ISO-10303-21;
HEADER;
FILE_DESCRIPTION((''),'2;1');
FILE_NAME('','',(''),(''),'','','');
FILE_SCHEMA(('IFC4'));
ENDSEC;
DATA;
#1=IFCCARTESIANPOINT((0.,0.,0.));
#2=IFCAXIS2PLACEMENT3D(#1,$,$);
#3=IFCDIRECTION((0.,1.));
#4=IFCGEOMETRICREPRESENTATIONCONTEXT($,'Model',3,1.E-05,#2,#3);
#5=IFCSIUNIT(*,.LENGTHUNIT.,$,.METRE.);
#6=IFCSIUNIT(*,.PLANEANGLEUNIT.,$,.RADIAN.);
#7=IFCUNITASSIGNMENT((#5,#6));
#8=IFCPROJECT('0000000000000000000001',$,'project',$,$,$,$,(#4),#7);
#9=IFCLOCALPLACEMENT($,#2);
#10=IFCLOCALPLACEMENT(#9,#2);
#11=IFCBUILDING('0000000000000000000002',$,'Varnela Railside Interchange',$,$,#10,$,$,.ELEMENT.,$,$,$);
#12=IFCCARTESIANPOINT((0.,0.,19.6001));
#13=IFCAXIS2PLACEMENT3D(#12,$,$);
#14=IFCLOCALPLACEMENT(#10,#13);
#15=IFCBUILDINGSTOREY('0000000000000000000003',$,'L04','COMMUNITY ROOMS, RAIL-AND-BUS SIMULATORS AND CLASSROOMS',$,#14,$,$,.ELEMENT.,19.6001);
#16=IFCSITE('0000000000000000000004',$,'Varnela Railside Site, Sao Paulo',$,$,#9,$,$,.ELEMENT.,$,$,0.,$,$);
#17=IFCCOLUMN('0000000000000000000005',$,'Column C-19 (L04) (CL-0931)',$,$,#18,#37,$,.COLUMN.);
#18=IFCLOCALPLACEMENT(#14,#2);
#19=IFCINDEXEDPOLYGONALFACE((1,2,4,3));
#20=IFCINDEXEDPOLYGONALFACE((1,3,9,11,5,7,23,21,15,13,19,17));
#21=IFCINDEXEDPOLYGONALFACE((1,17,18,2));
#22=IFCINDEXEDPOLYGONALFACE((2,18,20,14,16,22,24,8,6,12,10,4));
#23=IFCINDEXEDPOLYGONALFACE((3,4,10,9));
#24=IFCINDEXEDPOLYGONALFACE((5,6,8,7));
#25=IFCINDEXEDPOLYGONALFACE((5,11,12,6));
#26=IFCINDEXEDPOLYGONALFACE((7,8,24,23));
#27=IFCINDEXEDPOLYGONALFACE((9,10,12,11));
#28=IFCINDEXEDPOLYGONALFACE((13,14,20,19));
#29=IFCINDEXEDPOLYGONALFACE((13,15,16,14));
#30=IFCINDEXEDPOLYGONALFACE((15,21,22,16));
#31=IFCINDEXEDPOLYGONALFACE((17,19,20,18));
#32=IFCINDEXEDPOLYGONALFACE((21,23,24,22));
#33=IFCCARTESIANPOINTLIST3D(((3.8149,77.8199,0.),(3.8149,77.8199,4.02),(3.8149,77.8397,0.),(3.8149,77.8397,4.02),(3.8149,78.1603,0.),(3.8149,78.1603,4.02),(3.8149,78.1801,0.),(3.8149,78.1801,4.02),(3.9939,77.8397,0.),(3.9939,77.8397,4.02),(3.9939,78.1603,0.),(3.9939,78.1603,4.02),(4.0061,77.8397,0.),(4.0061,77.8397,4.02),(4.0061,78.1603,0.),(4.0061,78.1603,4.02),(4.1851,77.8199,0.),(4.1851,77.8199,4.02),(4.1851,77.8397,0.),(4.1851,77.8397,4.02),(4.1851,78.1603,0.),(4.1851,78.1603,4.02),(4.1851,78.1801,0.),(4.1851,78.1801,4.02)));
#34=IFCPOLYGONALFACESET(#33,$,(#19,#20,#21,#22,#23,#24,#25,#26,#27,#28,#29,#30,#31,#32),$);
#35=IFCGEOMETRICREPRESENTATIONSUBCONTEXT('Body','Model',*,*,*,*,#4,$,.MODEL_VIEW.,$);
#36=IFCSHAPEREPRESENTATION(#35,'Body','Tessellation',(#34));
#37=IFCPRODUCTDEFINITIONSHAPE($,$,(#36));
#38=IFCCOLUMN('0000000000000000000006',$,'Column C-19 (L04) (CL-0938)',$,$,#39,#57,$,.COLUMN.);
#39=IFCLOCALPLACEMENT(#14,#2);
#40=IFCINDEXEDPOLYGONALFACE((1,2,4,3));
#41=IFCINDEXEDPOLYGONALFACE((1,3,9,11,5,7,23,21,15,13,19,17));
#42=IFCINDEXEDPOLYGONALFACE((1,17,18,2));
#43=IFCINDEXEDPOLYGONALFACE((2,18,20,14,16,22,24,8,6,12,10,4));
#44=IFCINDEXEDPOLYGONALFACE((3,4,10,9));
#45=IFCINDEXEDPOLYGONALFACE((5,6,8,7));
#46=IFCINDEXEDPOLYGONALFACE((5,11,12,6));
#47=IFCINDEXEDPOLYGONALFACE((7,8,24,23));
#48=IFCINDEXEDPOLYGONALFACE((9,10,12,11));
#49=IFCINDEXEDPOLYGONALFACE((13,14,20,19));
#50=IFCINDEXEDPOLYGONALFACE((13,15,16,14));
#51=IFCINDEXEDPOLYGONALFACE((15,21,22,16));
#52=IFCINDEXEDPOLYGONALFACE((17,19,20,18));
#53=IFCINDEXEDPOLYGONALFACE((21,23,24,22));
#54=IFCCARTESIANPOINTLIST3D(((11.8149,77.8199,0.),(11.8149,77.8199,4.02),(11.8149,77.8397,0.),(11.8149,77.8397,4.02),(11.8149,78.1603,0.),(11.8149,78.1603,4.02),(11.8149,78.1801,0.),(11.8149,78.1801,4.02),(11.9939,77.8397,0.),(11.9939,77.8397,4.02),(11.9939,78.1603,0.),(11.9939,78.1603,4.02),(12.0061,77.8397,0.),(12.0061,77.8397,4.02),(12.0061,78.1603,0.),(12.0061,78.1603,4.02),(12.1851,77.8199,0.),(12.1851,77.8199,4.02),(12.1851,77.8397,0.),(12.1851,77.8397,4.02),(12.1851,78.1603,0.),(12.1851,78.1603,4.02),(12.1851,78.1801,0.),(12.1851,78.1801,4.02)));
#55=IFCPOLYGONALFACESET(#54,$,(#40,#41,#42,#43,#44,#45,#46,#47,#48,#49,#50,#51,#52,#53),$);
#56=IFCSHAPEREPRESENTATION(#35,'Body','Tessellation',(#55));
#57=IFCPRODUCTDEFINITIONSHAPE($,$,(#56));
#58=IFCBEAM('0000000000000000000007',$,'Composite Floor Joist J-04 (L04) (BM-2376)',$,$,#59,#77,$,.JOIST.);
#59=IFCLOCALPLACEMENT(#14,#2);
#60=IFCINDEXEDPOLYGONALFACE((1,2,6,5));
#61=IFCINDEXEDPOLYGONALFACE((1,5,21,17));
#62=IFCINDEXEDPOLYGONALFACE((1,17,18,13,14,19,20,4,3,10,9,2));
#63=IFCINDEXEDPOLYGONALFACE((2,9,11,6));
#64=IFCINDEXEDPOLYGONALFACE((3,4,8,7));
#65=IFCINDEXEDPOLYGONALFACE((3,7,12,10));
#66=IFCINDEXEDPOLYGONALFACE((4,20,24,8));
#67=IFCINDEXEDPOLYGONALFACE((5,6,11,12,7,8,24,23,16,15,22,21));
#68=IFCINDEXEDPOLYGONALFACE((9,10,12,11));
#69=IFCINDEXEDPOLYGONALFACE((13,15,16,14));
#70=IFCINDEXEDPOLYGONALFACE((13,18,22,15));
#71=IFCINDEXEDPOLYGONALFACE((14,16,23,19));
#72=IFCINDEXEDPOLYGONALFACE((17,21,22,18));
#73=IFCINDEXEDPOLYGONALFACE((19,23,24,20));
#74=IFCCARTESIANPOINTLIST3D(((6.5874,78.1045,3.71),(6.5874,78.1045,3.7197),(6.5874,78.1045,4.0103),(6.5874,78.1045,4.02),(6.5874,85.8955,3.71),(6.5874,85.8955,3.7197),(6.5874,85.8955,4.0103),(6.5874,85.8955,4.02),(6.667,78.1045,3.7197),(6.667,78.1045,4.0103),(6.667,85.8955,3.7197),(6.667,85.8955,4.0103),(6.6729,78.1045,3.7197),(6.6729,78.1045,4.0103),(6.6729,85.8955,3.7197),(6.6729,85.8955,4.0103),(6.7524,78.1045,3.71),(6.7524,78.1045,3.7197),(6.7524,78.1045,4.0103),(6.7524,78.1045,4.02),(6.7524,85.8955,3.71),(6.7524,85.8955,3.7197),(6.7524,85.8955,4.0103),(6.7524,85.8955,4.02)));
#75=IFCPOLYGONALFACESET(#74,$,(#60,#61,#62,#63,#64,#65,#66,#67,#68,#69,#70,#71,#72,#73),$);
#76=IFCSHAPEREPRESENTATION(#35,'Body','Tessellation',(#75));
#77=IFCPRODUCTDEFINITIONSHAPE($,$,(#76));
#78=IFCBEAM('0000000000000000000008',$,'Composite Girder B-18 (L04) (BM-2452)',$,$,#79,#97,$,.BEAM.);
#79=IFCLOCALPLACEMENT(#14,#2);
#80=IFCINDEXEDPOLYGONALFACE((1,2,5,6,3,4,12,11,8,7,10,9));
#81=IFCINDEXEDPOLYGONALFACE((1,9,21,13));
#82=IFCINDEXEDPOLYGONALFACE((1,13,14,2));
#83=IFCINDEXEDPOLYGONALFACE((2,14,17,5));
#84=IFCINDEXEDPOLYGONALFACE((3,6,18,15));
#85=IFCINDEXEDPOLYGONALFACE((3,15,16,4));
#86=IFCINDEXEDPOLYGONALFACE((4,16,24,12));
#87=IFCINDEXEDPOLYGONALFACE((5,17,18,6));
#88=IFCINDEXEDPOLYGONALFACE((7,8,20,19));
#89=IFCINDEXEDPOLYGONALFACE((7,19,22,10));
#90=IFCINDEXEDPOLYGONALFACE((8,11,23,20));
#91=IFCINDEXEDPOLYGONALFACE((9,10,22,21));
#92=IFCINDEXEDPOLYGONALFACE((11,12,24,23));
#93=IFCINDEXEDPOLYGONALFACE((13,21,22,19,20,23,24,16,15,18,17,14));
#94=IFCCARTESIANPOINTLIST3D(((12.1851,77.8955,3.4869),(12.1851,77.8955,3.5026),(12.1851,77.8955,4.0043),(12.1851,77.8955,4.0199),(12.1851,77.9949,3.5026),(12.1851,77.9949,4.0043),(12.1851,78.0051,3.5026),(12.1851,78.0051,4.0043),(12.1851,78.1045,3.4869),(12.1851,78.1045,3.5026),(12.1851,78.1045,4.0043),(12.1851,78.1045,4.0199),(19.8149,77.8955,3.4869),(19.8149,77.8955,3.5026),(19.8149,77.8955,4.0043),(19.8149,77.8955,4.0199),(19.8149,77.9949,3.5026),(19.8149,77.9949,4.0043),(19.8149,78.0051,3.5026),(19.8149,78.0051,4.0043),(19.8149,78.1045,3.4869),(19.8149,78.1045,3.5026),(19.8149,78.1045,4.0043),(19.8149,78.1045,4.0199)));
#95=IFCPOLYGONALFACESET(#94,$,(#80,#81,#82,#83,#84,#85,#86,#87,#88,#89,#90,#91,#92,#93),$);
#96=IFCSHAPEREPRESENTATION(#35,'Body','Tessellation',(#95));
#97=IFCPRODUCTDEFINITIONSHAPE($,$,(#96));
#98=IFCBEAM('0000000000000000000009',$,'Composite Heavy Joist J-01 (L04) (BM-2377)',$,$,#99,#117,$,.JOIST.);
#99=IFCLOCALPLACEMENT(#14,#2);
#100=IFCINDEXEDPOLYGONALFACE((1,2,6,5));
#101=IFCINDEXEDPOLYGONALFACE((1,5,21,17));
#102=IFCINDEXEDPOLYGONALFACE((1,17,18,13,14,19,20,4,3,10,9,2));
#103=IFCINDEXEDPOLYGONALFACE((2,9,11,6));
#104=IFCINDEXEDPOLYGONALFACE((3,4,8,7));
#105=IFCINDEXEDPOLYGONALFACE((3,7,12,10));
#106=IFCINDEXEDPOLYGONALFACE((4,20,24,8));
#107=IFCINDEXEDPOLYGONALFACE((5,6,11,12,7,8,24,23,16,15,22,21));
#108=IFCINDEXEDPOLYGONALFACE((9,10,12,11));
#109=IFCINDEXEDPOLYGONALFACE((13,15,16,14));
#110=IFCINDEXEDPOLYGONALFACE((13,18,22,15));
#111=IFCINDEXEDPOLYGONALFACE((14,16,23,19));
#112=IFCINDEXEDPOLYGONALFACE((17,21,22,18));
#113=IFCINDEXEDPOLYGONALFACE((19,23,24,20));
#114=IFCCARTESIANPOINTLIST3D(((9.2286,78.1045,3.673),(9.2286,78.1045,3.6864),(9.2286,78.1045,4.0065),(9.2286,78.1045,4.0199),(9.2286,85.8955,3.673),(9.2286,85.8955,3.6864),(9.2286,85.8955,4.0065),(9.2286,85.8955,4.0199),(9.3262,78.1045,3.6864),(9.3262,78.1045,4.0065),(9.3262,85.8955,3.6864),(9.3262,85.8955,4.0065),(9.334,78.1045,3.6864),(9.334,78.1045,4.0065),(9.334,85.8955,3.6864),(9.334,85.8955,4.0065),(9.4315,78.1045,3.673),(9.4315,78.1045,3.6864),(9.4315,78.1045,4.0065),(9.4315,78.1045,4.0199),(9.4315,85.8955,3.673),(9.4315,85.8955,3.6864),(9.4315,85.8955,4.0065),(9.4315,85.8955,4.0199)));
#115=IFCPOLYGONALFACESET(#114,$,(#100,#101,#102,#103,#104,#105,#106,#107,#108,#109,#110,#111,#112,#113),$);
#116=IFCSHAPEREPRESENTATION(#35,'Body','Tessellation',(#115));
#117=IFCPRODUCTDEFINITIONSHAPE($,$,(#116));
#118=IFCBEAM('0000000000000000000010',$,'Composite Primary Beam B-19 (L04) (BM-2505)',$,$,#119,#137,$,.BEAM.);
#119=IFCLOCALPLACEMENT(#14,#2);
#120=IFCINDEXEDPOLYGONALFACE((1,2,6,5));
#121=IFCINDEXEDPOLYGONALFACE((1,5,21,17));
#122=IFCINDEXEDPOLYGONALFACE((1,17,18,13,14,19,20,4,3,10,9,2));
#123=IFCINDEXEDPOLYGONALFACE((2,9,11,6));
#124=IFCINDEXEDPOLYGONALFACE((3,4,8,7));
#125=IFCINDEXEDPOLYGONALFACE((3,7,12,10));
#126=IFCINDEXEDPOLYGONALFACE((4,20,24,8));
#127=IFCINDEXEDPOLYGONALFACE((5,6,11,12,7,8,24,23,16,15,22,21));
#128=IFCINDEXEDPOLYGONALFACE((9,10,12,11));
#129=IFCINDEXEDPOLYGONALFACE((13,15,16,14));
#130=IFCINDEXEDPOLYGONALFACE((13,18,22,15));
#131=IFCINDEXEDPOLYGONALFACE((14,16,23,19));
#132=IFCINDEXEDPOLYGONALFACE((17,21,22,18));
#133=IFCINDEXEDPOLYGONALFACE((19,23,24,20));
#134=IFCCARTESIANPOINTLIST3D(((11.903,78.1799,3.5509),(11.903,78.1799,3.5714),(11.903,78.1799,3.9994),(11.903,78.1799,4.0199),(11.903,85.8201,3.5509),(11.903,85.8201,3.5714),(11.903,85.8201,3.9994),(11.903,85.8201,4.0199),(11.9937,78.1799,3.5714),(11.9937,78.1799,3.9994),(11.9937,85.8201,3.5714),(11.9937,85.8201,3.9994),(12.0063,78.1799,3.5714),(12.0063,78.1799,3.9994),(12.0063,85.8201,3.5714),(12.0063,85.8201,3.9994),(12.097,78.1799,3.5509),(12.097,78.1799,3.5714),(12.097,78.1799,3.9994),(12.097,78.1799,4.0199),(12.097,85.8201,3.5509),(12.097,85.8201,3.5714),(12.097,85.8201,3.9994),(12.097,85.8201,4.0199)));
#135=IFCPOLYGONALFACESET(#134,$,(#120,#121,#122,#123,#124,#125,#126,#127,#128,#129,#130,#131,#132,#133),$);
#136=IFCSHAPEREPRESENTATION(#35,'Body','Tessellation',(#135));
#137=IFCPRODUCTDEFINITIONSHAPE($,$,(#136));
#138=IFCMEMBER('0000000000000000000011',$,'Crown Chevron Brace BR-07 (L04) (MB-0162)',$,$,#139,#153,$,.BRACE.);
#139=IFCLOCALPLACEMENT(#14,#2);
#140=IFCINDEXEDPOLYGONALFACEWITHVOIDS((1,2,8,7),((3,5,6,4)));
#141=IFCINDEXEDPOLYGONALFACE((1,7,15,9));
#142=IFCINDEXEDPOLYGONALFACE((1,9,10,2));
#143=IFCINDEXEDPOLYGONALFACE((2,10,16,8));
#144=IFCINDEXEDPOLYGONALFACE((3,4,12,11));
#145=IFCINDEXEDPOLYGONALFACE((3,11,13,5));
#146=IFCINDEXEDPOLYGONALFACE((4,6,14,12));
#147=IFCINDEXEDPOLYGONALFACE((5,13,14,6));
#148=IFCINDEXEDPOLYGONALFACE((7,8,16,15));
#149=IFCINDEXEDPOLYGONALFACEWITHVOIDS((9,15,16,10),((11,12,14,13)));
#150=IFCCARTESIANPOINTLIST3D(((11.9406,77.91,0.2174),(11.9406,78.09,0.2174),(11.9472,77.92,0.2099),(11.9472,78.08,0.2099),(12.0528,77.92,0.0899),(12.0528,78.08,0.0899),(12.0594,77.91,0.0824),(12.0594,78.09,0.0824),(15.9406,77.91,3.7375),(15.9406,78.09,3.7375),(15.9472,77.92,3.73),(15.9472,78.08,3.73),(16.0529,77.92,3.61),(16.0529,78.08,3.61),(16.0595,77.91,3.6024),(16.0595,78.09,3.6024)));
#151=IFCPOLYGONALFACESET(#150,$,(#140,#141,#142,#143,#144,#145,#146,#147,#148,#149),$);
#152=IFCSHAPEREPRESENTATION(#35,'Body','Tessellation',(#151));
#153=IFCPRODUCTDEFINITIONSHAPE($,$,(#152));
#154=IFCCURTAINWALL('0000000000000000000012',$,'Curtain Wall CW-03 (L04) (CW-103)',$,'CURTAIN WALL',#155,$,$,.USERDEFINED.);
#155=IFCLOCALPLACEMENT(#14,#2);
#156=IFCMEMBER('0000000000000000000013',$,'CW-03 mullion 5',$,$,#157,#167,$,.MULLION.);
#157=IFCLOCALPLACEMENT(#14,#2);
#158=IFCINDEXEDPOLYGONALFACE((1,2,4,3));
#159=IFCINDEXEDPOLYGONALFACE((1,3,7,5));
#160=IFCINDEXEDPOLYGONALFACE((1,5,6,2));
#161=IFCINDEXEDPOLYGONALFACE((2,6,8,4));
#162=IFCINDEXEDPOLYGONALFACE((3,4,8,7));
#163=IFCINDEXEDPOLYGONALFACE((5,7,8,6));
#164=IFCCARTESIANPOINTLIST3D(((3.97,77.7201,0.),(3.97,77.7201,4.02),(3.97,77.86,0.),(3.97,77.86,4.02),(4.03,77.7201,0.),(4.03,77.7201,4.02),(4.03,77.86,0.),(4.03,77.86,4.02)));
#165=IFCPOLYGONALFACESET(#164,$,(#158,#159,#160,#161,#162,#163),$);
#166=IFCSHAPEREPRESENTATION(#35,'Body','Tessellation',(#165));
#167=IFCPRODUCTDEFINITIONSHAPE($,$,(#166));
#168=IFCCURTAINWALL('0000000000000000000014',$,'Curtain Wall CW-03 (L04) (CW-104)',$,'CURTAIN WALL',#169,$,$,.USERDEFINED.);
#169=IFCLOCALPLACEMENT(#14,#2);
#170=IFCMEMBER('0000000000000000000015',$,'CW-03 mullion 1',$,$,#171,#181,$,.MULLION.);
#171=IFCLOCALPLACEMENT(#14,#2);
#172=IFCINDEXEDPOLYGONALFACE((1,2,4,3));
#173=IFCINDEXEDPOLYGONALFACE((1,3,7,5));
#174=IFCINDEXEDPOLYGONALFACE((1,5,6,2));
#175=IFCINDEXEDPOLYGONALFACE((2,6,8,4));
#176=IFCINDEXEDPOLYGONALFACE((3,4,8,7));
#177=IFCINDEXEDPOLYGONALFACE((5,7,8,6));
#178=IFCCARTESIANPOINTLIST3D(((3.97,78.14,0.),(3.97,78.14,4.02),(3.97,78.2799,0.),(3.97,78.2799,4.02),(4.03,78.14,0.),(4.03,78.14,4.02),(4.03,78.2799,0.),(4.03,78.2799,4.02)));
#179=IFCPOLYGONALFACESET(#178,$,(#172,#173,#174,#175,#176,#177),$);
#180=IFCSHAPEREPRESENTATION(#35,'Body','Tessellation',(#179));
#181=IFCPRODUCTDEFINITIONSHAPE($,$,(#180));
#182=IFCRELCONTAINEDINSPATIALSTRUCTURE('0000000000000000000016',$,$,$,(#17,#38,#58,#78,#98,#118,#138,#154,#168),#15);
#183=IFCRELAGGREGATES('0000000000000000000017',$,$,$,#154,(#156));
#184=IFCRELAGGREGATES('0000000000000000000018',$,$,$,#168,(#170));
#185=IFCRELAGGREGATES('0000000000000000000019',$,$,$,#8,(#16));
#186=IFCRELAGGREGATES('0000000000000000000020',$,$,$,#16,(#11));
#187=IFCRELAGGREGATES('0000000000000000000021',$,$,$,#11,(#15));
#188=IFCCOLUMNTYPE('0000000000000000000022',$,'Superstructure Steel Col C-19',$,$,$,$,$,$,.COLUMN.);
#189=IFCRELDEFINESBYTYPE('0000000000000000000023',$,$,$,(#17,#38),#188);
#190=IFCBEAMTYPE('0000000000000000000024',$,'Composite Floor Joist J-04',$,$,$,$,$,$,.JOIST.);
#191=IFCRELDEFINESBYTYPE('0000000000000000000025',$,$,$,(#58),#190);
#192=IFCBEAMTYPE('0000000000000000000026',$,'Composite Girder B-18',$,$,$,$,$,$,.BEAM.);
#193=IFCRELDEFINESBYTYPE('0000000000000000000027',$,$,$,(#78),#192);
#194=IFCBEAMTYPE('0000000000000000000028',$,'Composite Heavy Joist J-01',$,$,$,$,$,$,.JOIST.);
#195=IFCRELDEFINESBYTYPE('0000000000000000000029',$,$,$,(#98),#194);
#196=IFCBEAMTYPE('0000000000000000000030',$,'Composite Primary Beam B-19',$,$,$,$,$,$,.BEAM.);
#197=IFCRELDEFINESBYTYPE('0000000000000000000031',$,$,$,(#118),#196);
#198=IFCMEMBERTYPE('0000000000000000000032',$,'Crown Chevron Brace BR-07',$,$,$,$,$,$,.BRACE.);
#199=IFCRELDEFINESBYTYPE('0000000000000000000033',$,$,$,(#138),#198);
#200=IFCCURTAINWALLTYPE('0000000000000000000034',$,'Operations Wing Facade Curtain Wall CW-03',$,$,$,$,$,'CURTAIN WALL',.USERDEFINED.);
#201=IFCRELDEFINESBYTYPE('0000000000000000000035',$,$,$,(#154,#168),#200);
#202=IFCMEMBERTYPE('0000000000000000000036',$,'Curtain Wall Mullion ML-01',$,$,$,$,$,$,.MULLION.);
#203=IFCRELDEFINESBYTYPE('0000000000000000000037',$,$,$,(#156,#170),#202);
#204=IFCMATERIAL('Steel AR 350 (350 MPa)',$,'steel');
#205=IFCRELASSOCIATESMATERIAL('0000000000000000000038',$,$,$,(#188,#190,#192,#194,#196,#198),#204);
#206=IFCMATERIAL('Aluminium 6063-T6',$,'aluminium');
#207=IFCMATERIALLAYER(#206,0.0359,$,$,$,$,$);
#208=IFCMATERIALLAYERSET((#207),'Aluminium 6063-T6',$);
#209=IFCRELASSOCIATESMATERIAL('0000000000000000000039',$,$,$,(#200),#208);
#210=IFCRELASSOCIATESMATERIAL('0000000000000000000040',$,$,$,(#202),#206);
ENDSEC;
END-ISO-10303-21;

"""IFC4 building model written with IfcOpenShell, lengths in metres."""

from ifc_helpers import new_model, si_unit, direction, frame, origin, origin_2d, place, context, subcontext, project, spatial, rectangle, hollow_rectangle, i_section, extrude, material, layer, layer_set, material_profile, profile_set, type_object, element, aggregate, save


model = new_model("IFC4")

# Units and contexts
model_context = context("Model", 3, precision=1e-05, world=origin(), true_north=direction((0.0, 1.0)))
body_context = subcontext(model_context, "Body", "Model", "MODEL_VIEW")
ifc_project = project(units=[si_unit("LENGTHUNIT", "METRE"), si_unit("PLANEANGLEUNIT", "RADIAN")], contexts=[model_context])

# Site, building, storey
site_placement = place(None, origin())
site = spatial("IfcSite", under=ifc_project, at=site_placement, Name="Varnela Railside Site, Sao Paulo", CompositionType="ELEMENT", RefElevation=0.0)
building_placement = place(site_placement, origin())
building = spatial("IfcBuilding", under=site, at=building_placement, Name="Varnela Railside Interchange", CompositionType="ELEMENT")
storey_placement = place(building_placement, frame((0.0, 0.0, 19.6001)))
storey = spatial("IfcBuildingStorey", under=building, at=storey_placement, Name="L04", Description="COMMUNITY ROOMS, RAIL-AND-BUS SIMULATORS AND CLASSROOMS", CompositionType="ELEMENT", Elevation=19.6001)

# Columns
ifc_material_1 = material(Name="Steel AR 350 (350 MPa)", Category="steel")
ifc_material_profile_1 = material_profile(ifc_material_1, i_section(OverallWidth=0.3701, OverallDepth=0.3601, WebThickness=0.0122, FlangeThickness=0.0198, at=origin_2d()), Name="W360x147")
ifc_profile_set_1 = profile_set([ifc_material_profile_1], Name="Steel AR 350 (350 MPa)")
column_type = type_object("IfcColumnType", Name="Superstructure Steel Col C-19", PredefinedType="COLUMN", material=ifc_profile_set_1)
for number, where, z_axis, x_axis, name in (
    (1, (4.0, 78.0, 0.0), (0.0, 0.0, 1.0), (1.0, 0.0, 0.0), "Column C-19 (L04) (CL-0931)"),
    (2, (12.0, 78.0, 0.0), (0.0, 0.0, 1.0), (1.0, 0.0, 0.0), "Column C-19 (L04) (CL-0938)"),
):
    element("IfcColumn", number, at=place(storey_placement, frame(where, z_axis=z_axis, x_axis=x_axis)), inside=storey, type_object=column_type, Name=name, PredefinedType="COLUMN", context=body_context, shape_type="SweptSolid", body=[
        extrude(i_section(OverallWidth=0.3701, OverallDepth=0.3601, WebThickness=0.0122, FlangeThickness=0.0198, at=origin_2d()), origin(), (0.0, 0.0, 1.0), 4.02),
    ])

# Beams
ifc_material_profile_2 = material_profile(ifc_material_1, i_section(OverallWidth=0.165, OverallDepth=0.3101, WebThickness=0.0059, FlangeThickness=0.0098, at=origin_2d()), Name="W310x38.7")
ifc_profile_set_2 = profile_set([ifc_material_profile_2], Name="Steel AR 350 (350 MPa)")
beam_type_1 = type_object("IfcBeamType", Name="Composite Floor Joist J-04", PredefinedType="JOIST", material=ifc_profile_set_2)
beam_1_placement = place(storey_placement, frame((6.6699, 78.1045, 3.865), z_axis=(0.0, 1.0, 0.0), x_axis=(-1.0, 0.0, 0.0)))
element("IfcBeam", 3, at=beam_1_placement, inside=storey, type_object=beam_type_1, Name="Composite Floor Joist J-04 (L04) (BM-2376)", PredefinedType="JOIST", context=body_context, shape_type="SweptSolid", body=[
    extrude(i_section(OverallWidth=0.165, OverallDepth=0.3101, WebThickness=0.0059, FlangeThickness=0.0098, at=origin_2d()), origin(), (0.0, 0.0, 1.0), 7.791),
])
ifc_material_profile_3 = material_profile(ifc_material_1, i_section(OverallWidth=0.209, OverallDepth=0.533, WebThickness=0.0103, FlangeThickness=0.0156, at=origin_2d()), Name="W530x92")
ifc_profile_set_3 = profile_set([ifc_material_profile_3], Name="Steel AR 350 (350 MPa)")
beam_type_2 = type_object("IfcBeamType", Name="Composite Girder B-18", PredefinedType="BEAM", material=ifc_profile_set_3)
beam_2_placement = place(storey_placement, frame((12.1851, 78.0, 3.7534), z_axis=(1.0, 0.0, 0.0), x_axis=(0.0, 1.0, 0.0)))
element("IfcBeam", 4, at=beam_2_placement, inside=storey, type_object=beam_type_2, Name="Composite Girder B-18 (L04) (BM-2452)", PredefinedType="BEAM", context=body_context, shape_type="SweptSolid", body=[
    extrude(i_section(OverallWidth=0.209, OverallDepth=0.533, WebThickness=0.0103, FlangeThickness=0.0156, at=origin_2d()), origin(), (0.0, 0.0, 1.0), 7.6299),
])
ifc_material_profile_4 = material_profile(ifc_material_1, i_section(OverallWidth=0.2029, OverallDepth=0.3469, WebThickness=0.0078, FlangeThickness=0.0134, at=origin_2d()), Name="W360x64")
ifc_profile_set_4 = profile_set([ifc_material_profile_4], Name="Steel AR 350 (350 MPa)")
beam_type_3 = type_object("IfcBeamType", Name="Composite Heavy Joist J-01", PredefinedType="JOIST", material=ifc_profile_set_4)
beam_3_placement = place(storey_placement, frame((9.3301, 78.1045, 3.8464), z_axis=(0.0, 1.0, 0.0), x_axis=(-1.0, 0.0, 0.0)))
element("IfcBeam", 5, at=beam_3_placement, inside=storey, type_object=beam_type_3, Name="Composite Heavy Joist J-01 (L04) (BM-2377)", PredefinedType="JOIST", context=body_context, shape_type="SweptSolid", body=[
    extrude(i_section(OverallWidth=0.2029, OverallDepth=0.3469, WebThickness=0.0078, FlangeThickness=0.0134, at=origin_2d()), origin(), (0.0, 0.0, 1.0), 7.791),
])
ifc_material_profile_5 = material_profile(ifc_material_1, i_section(OverallWidth=0.1941, OverallDepth=0.469, WebThickness=0.0127, FlangeThickness=0.0205, at=origin_2d()), Name="W460x106")
ifc_profile_set_5 = profile_set([ifc_material_profile_5], Name="Steel AR 350 (350 MPa)")
beam_type_4 = type_object("IfcBeamType", Name="Composite Primary Beam B-19", PredefinedType="BEAM", material=ifc_profile_set_5)
beam_4_placement = place(storey_placement, frame((12.0, 78.1799, 3.7854), z_axis=(0.0, 1.0, 0.0), x_axis=(-1.0, 0.0, 0.0)))
element("IfcBeam", 6, at=beam_4_placement, inside=storey, type_object=beam_type_4, Name="Composite Primary Beam B-19 (L04) (BM-2505)", PredefinedType="BEAM", context=body_context, shape_type="SweptSolid", body=[
    extrude(i_section(OverallWidth=0.1941, OverallDepth=0.469, WebThickness=0.0127, FlangeThickness=0.0205, at=origin_2d()), origin(), (0.0, 0.0, 1.0), 7.6401),
])

# Member
ifc_material_profile_6 = material_profile(ifc_material_1, hollow_rectangle(XDim=0.1799, YDim=0.1799, WallThickness=0.01, at=origin_2d()), Name="HSS 180x180x10")
ifc_profile_set_6 = profile_set([ifc_material_profile_6], Name="Steel AR 350 (350 MPa)")
member_type_1 = type_object("IfcMemberType", Name="Crown Chevron Brace BR-07", PredefinedType="BRACE", material=ifc_profile_set_6)
member_1_placement = place(storey_placement, frame((12.0, 78.0, 0.1499), z_axis=(0.750712, 0.0, 0.66063), x_axis=(0.0, 1.0, 0.0)))
element("IfcMember", 7, at=member_1_placement, inside=storey, type_object=member_type_1, Name="Crown Chevron Brace BR-07 (L04) (MB-0162)", PredefinedType="BRACE", context=body_context, shape_type="SweptSolid", body=[
    extrude(hollow_rectangle(XDim=0.1799, YDim=0.1799, WallThickness=0.01, at=origin_2d()), origin(), (0.0, 0.0, 1.0), 5.3284),
])

# Curtain wall, member
ifc_material_2 = material(Name="Aluminium 6063-T6", Category="aluminium")
ifc_layer_1 = layer(ifc_material_2, 0.0359)
ifc_layer_set_1 = layer_set([ifc_layer_1], Name="Aluminium 6063-T6")
curtain_wall_type = type_object("IfcCurtainWallType", Name="Operations Wing Facade Curtain Wall CW-03", ElementType="CURTAIN WALL", PredefinedType="USERDEFINED", material=ifc_layer_set_1)
curtain_wall_1_placement = place(storey_placement, origin())
curtain_wall_1 = element("IfcCurtainWall", 8, at=curtain_wall_1_placement, inside=storey, type_object=curtain_wall_type, Name="Curtain Wall CW-03 (L04) (CW-103)", ObjectType="CURTAIN WALL", PredefinedType="USERDEFINED")
ifc_material_profile_7 = material_profile(ifc_material_2, rectangle(XDim=0.0601, YDim=0.1399, at=origin_2d()), Name="ALU 60x140")
ifc_profile_set_7 = profile_set([ifc_material_profile_7], Name="Aluminium 6063-T6")
member_type_2 = type_object("IfcMemberType", Name="Curtain Wall Mullion ML-01", PredefinedType="MULLION", material=ifc_profile_set_7)
member_2_placement = place(storey_placement, frame((4.0, 77.79, 0.0), z_axis=(0.0, 0.0, 1.0), x_axis=(-1.0, 0.0, 0.0)))
member_2 = element("IfcMember", 9, at=member_2_placement, type_object=member_type_2, Name="CW-03 mullion 5", PredefinedType="MULLION", context=body_context, shape_type="SweptSolid", body=[
    extrude(rectangle(XDim=0.0601, YDim=0.1399, at=origin_2d()), origin(), (0.0, 0.0, 1.0), 4.02),
])

# Curtain wall, member
curtain_wall_2_placement = place(storey_placement, origin())
curtain_wall_2 = element("IfcCurtainWall", 10, at=curtain_wall_2_placement, inside=storey, type_object=curtain_wall_type, Name="Curtain Wall CW-03 (L04) (CW-104)", ObjectType="CURTAIN WALL", PredefinedType="USERDEFINED")
member_3_placement = place(storey_placement, frame((4.0, 78.21, 0.0), z_axis=(0.0, 0.0, 1.0), x_axis=(-1.0, 0.0, 0.0)))
member_3 = element("IfcMember", 11, at=member_3_placement, type_object=member_type_2, Name="CW-03 mullion 1", PredefinedType="MULLION", context=body_context, shape_type="SweptSolid", body=[
    extrude(rectangle(XDim=0.0601, YDim=0.1399, at=origin_2d()), origin(), (0.0, 0.0, 1.0), 4.02),
])

aggregate(curtain_wall_1, [member_2])
aggregate(curtain_wall_2, [member_3])

save(model, "model.ifc")
